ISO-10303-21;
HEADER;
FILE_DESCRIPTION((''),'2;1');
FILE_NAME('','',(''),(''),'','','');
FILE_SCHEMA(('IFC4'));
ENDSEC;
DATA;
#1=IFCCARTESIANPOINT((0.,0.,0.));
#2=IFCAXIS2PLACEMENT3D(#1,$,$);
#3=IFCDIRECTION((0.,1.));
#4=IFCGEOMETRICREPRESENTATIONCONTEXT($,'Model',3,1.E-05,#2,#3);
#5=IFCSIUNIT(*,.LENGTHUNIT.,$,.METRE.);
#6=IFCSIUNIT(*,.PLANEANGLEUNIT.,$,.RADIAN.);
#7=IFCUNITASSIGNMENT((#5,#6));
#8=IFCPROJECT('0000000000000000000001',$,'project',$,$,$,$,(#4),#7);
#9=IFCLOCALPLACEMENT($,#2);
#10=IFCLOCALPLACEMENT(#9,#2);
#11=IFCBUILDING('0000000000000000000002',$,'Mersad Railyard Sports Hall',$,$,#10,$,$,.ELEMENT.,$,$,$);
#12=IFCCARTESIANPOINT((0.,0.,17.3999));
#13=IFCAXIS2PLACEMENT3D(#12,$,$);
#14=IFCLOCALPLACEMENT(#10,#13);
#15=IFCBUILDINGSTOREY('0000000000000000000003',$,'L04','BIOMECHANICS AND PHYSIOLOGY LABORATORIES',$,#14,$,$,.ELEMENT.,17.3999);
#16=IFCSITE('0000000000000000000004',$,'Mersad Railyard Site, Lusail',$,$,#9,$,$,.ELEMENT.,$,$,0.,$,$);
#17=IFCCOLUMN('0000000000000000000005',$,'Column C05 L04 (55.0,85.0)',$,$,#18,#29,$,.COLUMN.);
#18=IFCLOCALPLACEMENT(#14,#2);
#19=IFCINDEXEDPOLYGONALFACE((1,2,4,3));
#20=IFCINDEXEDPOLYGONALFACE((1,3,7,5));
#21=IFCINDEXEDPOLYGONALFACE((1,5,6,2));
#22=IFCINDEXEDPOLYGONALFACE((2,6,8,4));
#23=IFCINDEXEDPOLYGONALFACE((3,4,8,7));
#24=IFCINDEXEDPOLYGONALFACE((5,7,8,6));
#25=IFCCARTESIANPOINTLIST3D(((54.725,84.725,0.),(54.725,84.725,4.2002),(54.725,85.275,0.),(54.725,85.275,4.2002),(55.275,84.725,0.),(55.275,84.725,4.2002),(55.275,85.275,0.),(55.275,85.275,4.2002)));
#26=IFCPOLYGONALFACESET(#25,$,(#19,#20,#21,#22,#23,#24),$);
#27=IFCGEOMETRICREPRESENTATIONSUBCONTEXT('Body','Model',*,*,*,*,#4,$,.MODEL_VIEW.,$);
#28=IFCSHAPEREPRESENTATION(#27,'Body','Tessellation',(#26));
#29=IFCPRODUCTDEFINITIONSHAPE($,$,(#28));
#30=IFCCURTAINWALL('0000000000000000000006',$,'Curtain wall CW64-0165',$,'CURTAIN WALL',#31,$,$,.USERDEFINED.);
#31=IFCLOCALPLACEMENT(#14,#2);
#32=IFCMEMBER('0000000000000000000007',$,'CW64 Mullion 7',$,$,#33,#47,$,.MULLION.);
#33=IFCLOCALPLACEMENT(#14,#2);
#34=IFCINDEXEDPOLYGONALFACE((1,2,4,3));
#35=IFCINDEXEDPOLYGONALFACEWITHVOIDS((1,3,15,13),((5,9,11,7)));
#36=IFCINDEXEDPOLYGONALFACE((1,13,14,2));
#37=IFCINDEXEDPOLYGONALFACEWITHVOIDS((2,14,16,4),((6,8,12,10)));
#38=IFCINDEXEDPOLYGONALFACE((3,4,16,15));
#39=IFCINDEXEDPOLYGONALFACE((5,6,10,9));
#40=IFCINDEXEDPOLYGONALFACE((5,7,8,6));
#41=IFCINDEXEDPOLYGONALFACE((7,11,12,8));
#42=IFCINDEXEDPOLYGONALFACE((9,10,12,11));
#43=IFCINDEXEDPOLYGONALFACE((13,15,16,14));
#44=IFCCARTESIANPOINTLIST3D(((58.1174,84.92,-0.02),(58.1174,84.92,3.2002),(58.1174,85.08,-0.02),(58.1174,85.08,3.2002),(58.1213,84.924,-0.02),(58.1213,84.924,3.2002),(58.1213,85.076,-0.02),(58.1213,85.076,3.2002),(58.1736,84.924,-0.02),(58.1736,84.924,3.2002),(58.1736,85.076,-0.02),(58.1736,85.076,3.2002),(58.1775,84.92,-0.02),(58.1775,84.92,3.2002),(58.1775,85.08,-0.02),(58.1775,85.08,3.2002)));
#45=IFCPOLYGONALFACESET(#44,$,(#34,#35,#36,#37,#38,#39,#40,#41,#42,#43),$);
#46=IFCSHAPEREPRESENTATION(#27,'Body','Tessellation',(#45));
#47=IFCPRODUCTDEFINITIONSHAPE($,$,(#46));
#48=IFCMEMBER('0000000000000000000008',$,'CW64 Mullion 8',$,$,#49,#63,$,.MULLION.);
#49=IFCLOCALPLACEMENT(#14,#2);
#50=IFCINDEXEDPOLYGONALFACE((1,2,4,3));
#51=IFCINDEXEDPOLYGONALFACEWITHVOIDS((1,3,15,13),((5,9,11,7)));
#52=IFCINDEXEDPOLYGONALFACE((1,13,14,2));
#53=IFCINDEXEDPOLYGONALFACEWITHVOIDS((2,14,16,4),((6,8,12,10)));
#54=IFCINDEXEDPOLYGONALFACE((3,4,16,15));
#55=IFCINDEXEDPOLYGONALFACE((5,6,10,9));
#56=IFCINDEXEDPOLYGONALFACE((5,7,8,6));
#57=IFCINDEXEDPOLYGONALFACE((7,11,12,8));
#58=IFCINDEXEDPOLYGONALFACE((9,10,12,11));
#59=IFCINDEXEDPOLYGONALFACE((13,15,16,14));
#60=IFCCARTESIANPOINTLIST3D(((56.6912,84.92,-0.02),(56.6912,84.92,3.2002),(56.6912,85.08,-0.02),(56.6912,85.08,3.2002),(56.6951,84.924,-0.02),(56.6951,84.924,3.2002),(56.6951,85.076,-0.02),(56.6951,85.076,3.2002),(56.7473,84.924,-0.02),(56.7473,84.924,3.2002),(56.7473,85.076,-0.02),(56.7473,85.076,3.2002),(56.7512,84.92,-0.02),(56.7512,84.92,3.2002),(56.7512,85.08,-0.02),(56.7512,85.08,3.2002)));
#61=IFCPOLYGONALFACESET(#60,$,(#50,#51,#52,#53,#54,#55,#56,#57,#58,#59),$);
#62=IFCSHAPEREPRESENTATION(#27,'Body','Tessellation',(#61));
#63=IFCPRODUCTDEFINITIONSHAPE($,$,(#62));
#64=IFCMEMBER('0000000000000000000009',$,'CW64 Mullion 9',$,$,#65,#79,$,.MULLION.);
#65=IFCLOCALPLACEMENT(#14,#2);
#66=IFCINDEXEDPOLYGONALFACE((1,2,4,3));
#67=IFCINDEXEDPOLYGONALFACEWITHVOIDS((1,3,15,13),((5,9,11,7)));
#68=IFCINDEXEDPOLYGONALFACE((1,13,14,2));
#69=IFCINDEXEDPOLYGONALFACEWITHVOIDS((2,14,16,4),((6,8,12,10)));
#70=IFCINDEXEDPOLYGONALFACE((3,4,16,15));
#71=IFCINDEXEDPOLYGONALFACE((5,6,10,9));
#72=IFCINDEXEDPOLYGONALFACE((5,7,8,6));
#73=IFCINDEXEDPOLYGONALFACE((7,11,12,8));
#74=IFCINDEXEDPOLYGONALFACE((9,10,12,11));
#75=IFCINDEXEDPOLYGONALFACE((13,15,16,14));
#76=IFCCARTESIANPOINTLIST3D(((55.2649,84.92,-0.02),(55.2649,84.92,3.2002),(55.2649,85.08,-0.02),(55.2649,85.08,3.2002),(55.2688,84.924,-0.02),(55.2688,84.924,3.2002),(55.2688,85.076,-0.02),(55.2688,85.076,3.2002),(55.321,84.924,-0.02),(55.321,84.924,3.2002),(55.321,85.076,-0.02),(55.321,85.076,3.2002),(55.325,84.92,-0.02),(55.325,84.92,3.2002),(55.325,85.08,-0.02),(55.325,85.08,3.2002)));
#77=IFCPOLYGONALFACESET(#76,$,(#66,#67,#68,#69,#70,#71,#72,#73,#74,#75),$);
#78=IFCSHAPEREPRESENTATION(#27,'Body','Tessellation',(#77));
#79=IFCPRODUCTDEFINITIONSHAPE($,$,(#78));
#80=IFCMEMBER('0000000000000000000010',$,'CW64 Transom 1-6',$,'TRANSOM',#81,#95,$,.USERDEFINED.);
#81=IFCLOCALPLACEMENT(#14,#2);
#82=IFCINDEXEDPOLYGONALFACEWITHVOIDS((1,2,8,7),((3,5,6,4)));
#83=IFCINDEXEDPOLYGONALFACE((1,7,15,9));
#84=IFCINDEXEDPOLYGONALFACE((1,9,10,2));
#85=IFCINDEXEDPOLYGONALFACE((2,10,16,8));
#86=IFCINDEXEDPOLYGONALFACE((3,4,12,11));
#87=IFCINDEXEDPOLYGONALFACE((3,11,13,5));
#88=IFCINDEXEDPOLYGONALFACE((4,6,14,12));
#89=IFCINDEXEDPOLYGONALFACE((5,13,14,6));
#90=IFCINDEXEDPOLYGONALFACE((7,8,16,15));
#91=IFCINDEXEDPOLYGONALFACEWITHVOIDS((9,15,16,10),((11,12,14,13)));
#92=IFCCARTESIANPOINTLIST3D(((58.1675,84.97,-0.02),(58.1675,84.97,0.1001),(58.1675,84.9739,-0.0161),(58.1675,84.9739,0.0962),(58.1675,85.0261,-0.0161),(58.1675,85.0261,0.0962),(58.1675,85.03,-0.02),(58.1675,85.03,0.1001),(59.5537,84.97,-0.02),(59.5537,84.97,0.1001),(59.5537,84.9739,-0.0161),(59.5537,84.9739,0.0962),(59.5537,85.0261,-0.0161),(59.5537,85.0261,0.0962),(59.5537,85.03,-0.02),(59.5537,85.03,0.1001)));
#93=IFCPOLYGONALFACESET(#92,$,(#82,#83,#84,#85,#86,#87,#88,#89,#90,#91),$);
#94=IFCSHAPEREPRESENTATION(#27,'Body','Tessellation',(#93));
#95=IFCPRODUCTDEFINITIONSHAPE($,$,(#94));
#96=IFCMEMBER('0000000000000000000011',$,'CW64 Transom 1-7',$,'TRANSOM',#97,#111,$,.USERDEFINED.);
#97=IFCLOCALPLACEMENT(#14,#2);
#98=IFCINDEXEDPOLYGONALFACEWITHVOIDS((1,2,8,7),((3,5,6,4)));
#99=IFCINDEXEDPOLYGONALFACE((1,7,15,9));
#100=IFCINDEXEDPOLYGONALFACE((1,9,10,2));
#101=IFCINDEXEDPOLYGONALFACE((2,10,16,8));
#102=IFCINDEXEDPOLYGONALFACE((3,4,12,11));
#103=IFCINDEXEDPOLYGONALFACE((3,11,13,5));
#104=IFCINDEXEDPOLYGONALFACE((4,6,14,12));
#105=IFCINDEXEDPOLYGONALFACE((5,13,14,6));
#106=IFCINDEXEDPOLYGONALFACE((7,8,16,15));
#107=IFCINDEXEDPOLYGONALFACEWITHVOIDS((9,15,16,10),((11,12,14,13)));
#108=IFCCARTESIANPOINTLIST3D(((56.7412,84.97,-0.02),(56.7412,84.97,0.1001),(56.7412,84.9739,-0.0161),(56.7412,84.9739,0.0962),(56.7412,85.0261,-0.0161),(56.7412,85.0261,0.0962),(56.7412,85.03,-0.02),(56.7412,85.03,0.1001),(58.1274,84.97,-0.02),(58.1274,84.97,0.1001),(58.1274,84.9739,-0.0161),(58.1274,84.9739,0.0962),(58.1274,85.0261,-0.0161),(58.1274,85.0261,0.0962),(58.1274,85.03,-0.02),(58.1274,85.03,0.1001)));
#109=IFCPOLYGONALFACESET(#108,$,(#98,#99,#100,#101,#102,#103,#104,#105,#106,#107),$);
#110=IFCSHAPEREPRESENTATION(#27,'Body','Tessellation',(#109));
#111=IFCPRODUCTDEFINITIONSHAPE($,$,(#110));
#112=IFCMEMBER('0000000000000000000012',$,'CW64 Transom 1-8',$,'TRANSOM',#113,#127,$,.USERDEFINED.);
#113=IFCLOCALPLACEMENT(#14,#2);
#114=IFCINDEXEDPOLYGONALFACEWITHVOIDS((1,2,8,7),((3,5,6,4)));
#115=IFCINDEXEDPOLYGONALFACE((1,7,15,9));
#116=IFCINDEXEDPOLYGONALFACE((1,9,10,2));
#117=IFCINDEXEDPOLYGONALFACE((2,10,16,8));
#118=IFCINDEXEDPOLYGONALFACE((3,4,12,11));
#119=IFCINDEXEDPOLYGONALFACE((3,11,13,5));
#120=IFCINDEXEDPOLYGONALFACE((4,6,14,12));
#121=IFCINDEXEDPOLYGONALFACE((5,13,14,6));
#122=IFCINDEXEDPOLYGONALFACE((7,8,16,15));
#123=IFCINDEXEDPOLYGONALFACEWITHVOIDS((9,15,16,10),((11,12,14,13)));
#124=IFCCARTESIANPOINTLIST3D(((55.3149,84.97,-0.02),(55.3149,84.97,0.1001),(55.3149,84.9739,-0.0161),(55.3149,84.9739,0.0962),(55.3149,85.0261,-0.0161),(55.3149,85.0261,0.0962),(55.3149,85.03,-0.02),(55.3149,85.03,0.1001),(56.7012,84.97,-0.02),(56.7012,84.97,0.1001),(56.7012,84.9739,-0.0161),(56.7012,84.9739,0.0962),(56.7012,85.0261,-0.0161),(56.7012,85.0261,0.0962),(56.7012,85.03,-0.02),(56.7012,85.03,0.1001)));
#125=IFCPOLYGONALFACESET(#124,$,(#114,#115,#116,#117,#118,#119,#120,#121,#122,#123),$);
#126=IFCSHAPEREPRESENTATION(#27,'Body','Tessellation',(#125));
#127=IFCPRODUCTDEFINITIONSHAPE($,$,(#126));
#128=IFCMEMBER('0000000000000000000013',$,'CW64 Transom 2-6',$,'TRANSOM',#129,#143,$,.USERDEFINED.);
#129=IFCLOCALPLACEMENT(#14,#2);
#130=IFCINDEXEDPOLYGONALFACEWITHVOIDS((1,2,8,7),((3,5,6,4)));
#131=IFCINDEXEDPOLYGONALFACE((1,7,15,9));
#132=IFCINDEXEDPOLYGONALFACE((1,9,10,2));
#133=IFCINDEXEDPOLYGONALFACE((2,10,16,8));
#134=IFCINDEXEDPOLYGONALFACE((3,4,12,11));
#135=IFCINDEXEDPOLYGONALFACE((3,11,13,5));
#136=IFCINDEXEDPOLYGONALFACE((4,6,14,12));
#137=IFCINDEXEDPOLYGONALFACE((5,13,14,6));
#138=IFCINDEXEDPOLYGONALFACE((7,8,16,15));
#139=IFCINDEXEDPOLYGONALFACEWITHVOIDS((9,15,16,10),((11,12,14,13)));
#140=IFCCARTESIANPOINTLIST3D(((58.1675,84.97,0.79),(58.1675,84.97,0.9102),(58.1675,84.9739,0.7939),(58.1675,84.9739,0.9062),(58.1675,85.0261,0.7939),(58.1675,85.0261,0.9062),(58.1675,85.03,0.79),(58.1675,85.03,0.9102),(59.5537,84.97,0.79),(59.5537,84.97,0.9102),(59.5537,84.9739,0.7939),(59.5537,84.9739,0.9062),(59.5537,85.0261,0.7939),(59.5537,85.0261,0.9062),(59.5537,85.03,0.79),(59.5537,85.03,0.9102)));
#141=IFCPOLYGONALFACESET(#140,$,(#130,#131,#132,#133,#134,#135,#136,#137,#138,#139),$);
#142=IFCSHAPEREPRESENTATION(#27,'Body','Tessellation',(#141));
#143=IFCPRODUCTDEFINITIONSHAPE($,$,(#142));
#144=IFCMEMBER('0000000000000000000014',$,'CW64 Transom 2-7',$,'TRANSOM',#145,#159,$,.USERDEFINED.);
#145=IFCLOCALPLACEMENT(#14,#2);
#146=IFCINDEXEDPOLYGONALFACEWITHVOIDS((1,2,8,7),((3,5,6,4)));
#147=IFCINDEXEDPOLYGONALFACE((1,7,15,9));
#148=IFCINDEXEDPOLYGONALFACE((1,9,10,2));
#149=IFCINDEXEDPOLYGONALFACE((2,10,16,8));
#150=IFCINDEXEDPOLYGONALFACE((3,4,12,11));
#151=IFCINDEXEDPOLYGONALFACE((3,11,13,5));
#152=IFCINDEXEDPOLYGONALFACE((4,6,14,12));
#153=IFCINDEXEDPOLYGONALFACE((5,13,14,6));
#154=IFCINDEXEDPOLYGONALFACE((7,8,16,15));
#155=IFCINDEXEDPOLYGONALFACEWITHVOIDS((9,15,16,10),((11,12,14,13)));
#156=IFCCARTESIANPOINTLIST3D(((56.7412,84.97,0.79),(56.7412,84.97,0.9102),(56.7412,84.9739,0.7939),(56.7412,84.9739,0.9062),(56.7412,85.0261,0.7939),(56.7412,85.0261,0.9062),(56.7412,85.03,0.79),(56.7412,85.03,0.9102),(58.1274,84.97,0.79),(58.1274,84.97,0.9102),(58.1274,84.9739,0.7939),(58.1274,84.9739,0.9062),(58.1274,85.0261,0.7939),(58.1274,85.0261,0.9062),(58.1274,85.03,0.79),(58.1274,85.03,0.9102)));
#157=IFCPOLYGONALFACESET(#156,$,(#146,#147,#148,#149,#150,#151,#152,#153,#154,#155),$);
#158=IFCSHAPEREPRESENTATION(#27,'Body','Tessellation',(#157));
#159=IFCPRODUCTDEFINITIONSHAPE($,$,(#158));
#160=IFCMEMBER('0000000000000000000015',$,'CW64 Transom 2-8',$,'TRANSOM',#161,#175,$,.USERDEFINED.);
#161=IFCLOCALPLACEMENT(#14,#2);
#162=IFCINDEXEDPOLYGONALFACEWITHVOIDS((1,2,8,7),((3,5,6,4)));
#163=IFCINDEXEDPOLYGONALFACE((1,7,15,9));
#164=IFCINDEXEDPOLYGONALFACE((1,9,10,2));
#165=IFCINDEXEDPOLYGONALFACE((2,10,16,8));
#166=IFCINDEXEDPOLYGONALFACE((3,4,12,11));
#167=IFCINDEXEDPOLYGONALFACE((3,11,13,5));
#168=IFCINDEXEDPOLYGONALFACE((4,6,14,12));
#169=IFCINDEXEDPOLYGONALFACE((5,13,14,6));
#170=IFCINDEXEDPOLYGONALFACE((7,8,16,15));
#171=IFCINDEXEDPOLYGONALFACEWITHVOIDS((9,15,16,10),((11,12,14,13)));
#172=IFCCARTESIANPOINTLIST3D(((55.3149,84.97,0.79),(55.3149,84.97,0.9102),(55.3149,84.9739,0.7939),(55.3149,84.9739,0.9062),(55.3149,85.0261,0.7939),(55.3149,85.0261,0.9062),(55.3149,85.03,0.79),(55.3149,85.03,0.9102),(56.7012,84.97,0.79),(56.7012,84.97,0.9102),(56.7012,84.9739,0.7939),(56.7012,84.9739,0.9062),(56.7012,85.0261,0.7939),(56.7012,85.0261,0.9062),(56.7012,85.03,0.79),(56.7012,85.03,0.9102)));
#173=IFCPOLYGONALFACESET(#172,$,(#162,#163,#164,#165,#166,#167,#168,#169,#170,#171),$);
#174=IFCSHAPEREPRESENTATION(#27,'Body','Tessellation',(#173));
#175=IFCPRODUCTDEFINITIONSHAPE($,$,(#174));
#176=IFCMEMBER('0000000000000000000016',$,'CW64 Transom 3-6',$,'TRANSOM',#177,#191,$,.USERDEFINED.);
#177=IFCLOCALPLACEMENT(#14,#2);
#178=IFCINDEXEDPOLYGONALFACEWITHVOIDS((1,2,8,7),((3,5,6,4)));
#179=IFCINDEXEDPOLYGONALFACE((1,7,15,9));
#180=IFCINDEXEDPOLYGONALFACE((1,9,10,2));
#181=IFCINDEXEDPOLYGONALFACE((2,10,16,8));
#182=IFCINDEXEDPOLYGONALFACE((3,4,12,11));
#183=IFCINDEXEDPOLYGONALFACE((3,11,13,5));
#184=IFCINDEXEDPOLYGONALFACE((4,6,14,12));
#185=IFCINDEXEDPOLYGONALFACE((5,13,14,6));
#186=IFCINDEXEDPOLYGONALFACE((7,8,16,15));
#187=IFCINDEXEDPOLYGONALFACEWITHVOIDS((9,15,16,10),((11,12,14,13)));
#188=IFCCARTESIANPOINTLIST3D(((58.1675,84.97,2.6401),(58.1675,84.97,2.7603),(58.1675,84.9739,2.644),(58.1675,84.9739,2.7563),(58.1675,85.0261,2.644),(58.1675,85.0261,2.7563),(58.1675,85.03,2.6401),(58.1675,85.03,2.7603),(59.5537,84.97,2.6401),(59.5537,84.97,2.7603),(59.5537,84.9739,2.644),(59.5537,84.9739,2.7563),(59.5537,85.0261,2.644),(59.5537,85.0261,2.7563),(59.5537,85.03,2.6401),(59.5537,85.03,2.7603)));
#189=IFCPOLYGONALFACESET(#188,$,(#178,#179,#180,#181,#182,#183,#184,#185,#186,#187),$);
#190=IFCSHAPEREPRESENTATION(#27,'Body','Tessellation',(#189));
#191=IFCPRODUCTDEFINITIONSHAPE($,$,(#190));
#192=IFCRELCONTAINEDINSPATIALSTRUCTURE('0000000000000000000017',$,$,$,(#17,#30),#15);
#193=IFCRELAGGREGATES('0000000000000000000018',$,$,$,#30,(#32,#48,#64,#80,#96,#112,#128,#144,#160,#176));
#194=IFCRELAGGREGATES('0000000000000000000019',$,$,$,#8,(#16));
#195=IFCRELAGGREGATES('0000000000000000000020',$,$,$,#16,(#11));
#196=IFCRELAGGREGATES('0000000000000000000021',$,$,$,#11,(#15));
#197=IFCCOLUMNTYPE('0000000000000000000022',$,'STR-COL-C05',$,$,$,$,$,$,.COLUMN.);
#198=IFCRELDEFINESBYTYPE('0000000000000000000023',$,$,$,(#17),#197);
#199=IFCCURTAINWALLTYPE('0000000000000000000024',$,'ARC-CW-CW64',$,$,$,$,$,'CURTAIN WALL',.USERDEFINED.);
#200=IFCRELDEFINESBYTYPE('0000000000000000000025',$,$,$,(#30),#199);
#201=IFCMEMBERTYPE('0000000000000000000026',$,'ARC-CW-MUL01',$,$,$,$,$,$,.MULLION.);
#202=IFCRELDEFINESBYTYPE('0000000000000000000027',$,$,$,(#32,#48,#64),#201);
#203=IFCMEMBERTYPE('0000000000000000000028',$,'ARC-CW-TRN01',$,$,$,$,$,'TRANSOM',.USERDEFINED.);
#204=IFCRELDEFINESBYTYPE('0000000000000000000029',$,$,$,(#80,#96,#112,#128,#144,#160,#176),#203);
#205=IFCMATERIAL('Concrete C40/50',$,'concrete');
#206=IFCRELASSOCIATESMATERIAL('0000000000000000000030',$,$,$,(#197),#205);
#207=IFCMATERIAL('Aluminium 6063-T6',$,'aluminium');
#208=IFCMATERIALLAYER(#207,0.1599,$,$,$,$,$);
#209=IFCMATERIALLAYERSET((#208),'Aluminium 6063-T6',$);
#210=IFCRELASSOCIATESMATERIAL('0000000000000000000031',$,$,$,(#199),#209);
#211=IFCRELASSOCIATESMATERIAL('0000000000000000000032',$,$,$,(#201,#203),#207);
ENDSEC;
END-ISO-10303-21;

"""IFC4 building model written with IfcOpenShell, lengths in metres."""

from ifc_helpers import new_model, si_unit, direction, frame, origin, origin_2d, place, context, subcontext, project, spatial, rectangle, hollow_rectangle, extrude, material, layer, layer_set, material_profile, profile_set, type_object, element, aggregate, save


model = new_model("IFC4")

# Units and contexts
model_context = context("Model", 3, precision=1e-05, world=origin(), true_north=direction((0.0, 1.0)))
body_context = subcontext(model_context, "Body", "Model", "MODEL_VIEW")
ifc_project = project(units=[si_unit("LENGTHUNIT", "METRE"), si_unit("PLANEANGLEUNIT", "RADIAN")], contexts=[model_context])

# Site, building, storey
site_placement = place(None, origin())
site = spatial("IfcSite", under=ifc_project, at=site_placement, Name="Mersad Railyard Site, Lusail", CompositionType="ELEMENT", RefElevation=0.0)
building_placement = place(site_placement, origin())
building = spatial("IfcBuilding", under=site, at=building_placement, Name="Mersad Railyard Sports Hall", CompositionType="ELEMENT")
storey_placement = place(building_placement, frame((0.0, 0.0, 17.3999)))
storey = spatial("IfcBuildingStorey", under=building, at=storey_placement, Name="L04", Description="BIOMECHANICS AND PHYSIOLOGY LABORATORIES", CompositionType="ELEMENT", Elevation=17.3999)

# Column
ifc_material_1 = material(Name="Concrete C40/50", Category="concrete")
ifc_material_profile_1 = material_profile(ifc_material_1, rectangle(XDim=0.55, YDim=0.55, at=origin_2d()), Name="RC 550x550")
ifc_profile_set_1 = profile_set([ifc_material_profile_1], Name="Concrete C40/50")
column_type = type_object("IfcColumnType", Name="STR-COL-C05", PredefinedType="COLUMN", material=ifc_profile_set_1)
column_placement = place(storey_placement, frame((55.0, 85.0, 0.0), z_axis=(0.0, 0.0, 1.0), x_axis=(1.0, 0.0, 0.0)))
element("IfcColumn", 1, at=column_placement, inside=storey, type_object=column_type, Name="Column C05 L04 (55.0,85.0)", PredefinedType="COLUMN", context=body_context, shape_type="SweptSolid", body=[
    extrude(rectangle(XDim=0.55, YDim=0.55, at=origin_2d()), origin(), (0.0, 0.0, 1.0), 4.2002),
])

# Curtain wall, members
ifc_material_2 = material(Name="Aluminium 6063-T6", Category="aluminium")
ifc_layer_1 = layer(ifc_material_2, 0.1599)
ifc_layer_set_1 = layer_set([ifc_layer_1], Name="Aluminium 6063-T6")
curtain_wall_type = type_object("IfcCurtainWallType", Name="ARC-CW-CW64", ElementType="CURTAIN WALL", PredefinedType="USERDEFINED", material=ifc_layer_set_1)
curtain_wall_placement = place(storey_placement, origin())
curtain_wall = element("IfcCurtainWall", 2, at=curtain_wall_placement, inside=storey, type_object=curtain_wall_type, Name="Curtain wall CW64-0165", ObjectType="CURTAIN WALL", PredefinedType="USERDEFINED")
ifc_material_profile_2 = material_profile(ifc_material_2, hollow_rectangle(XDim=0.0601, YDim=0.1599, WallThickness=0.0039, at=origin_2d()), Name="AL MULLION 60x160x4")
ifc_profile_set_2 = profile_set([ifc_material_profile_2], Name="Aluminium 6063-T6")
member_type_1 = type_object("IfcMemberType", Name="ARC-CW-MUL01", PredefinedType="MULLION", material=ifc_profile_set_2)
member_1_placement = place(storey_placement, frame((58.1475, 85.0, -0.02), z_axis=(0.0, 0.0, 1.0), x_axis=(1.0, 0.0, 0.0)))
member_1 = element("IfcMember", 3, at=member_1_placement, type_object=member_type_1, Name="CW64 Mullion 7", PredefinedType="MULLION", context=body_context, shape_type="SweptSolid", body=[
    extrude(hollow_rectangle(XDim=0.0601, YDim=0.1599, WallThickness=0.0039, at=origin_2d()), origin(), (0.0, 0.0, 1.0), 3.2202),
])
member_2_placement = place(storey_placement, frame((56.7212, 85.0, -0.02), z_axis=(0.0, 0.0, 1.0), x_axis=(1.0, 0.0, 0.0)))
member_2 = element("IfcMember", 4, at=member_2_placement, type_object=member_type_1, Name="CW64 Mullion 8", PredefinedType="MULLION", context=body_context, shape_type="SweptSolid", body=[
    extrude(hollow_rectangle(XDim=0.0601, YDim=0.1599, WallThickness=0.0039, at=origin_2d()), origin(), (0.0, 0.0, 1.0), 3.2202),
])
member_3_placement = place(storey_placement, frame((55.2949, 85.0, -0.02), z_axis=(0.0, 0.0, 1.0), x_axis=(1.0, 0.0, 0.0)))
member_3 = element("IfcMember", 5, at=member_3_placement, type_object=member_type_1, Name="CW64 Mullion 9", PredefinedType="MULLION", context=body_context, shape_type="SweptSolid", body=[
    extrude(hollow_rectangle(XDim=0.0601, YDim=0.1599, WallThickness=0.0039, at=origin_2d()), origin(), (0.0, 0.0, 1.0), 3.2202),
])
ifc_material_profile_3 = material_profile(ifc_material_2, hollow_rectangle(XDim=0.0601, YDim=0.1201, WallThickness=0.0039, at=origin_2d()), Name="AL TRANSOM 60x120x4")
ifc_profile_set_3 = profile_set([ifc_material_profile_3], Name="Aluminium 6063-T6")
member_type_2 = type_object("IfcMemberType", Name="ARC-CW-TRN01", ElementType="TRANSOM", PredefinedType="USERDEFINED", material=ifc_profile_set_3)
member_4_placement = place(storey_placement, frame((59.5537, 85.0, 0.04), z_axis=(-1.0, 0.0, 0.0), x_axis=(0.0, -1.0, 0.0)))
member_4 = element("IfcMember", 6, at=member_4_placement, type_object=member_type_2, Name="CW64 Transom 1-6", ObjectType="TRANSOM", PredefinedType="USERDEFINED", context=body_context, shape_type="SweptSolid", body=[
    extrude(hollow_rectangle(XDim=0.0601, YDim=0.1201, WallThickness=0.0039, at=origin_2d()), origin(), (0.0, 0.0, 1.0), 1.3862),
])
member_5_placement = place(storey_placement, frame((58.1274, 85.0, 0.04), z_axis=(-1.0, 0.0, 0.0), x_axis=(0.0, -1.0, 0.0)))
member_5 = element("IfcMember", 7, at=member_5_placement, type_object=member_type_2, Name="CW64 Transom 1-7", ObjectType="TRANSOM", PredefinedType="USERDEFINED", context=body_context, shape_type="SweptSolid", body=[
    extrude(hollow_rectangle(XDim=0.0601, YDim=0.1201, WallThickness=0.0039, at=origin_2d()), origin(), (0.0, 0.0, 1.0), 1.3862),
])
member_6_placement = place(storey_placement, frame((56.7012, 85.0, 0.04), z_axis=(-1.0, 0.0, 0.0), x_axis=(0.0, -1.0, 0.0)))
member_6 = element("IfcMember", 8, at=member_6_placement, type_object=member_type_2, Name="CW64 Transom 1-8", ObjectType="TRANSOM", PredefinedType="USERDEFINED", context=body_context, shape_type="SweptSolid", body=[
    extrude(hollow_rectangle(XDim=0.0601, YDim=0.1201, WallThickness=0.0039, at=origin_2d()), origin(), (0.0, 0.0, 1.0), 1.3862),
])
member_7_placement = place(storey_placement, frame((59.5537, 85.0, 0.8501), z_axis=(-1.0, 0.0, 0.0), x_axis=(0.0, -1.0, 0.0)))
member_7 = element("IfcMember", 9, at=member_7_placement, type_object=member_type_2, Name="CW64 Transom 2-6", ObjectType="TRANSOM", PredefinedType="USERDEFINED", context=body_context, shape_type="SweptSolid", body=[
    extrude(hollow_rectangle(XDim=0.0601, YDim=0.1201, WallThickness=0.0039, at=origin_2d()), origin(), (0.0, 0.0, 1.0), 1.3862),
])
member_8_placement = place(storey_placement, frame((58.1274, 85.0, 0.8501), z_axis=(-1.0, 0.0, 0.0), x_axis=(0.0, -1.0, 0.0)))
member_8 = element("IfcMember", 10, at=member_8_placement, type_object=member_type_2, Name="CW64 Transom 2-7", ObjectType="TRANSOM", PredefinedType="USERDEFINED", context=body_context, shape_type="SweptSolid", body=[
    extrude(hollow_rectangle(XDim=0.0601, YDim=0.1201, WallThickness=0.0039, at=origin_2d()), origin(), (0.0, 0.0, 1.0), 1.3862),
])
member_9_placement = place(storey_placement, frame((56.7012, 85.0, 0.8501), z_axis=(-1.0, 0.0, 0.0), x_axis=(0.0, -1.0, 0.0)))
member_9 = element("IfcMember", 11, at=member_9_placement, type_object=member_type_2, Name="CW64 Transom 2-8", ObjectType="TRANSOM", PredefinedType="USERDEFINED", context=body_context, shape_type="SweptSolid", body=[
    extrude(hollow_rectangle(XDim=0.0601, YDim=0.1201, WallThickness=0.0039, at=origin_2d()), origin(), (0.0, 0.0, 1.0), 1.3862),
])
member_10_placement = place(storey_placement, frame((59.5537, 85.0, 2.7002), z_axis=(-1.0, 0.0, 0.0), x_axis=(0.0, -1.0, 0.0)))
member_10 = element("IfcMember", 12, at=member_10_placement, type_object=member_type_2, Name="CW64 Transom 3-6", ObjectType="TRANSOM", PredefinedType="USERDEFINED", context=body_context, shape_type="SweptSolid", body=[
    extrude(hollow_rectangle(XDim=0.0601, YDim=0.1201, WallThickness=0.0039, at=origin_2d()), origin(), (0.0, 0.0, 1.0), 1.3862),
])

aggregate(curtain_wall, [member_1, member_2, member_3, member_4, member_5, member_6, member_7, member_8, member_9, member_10])

save(model, "model.ifc")
